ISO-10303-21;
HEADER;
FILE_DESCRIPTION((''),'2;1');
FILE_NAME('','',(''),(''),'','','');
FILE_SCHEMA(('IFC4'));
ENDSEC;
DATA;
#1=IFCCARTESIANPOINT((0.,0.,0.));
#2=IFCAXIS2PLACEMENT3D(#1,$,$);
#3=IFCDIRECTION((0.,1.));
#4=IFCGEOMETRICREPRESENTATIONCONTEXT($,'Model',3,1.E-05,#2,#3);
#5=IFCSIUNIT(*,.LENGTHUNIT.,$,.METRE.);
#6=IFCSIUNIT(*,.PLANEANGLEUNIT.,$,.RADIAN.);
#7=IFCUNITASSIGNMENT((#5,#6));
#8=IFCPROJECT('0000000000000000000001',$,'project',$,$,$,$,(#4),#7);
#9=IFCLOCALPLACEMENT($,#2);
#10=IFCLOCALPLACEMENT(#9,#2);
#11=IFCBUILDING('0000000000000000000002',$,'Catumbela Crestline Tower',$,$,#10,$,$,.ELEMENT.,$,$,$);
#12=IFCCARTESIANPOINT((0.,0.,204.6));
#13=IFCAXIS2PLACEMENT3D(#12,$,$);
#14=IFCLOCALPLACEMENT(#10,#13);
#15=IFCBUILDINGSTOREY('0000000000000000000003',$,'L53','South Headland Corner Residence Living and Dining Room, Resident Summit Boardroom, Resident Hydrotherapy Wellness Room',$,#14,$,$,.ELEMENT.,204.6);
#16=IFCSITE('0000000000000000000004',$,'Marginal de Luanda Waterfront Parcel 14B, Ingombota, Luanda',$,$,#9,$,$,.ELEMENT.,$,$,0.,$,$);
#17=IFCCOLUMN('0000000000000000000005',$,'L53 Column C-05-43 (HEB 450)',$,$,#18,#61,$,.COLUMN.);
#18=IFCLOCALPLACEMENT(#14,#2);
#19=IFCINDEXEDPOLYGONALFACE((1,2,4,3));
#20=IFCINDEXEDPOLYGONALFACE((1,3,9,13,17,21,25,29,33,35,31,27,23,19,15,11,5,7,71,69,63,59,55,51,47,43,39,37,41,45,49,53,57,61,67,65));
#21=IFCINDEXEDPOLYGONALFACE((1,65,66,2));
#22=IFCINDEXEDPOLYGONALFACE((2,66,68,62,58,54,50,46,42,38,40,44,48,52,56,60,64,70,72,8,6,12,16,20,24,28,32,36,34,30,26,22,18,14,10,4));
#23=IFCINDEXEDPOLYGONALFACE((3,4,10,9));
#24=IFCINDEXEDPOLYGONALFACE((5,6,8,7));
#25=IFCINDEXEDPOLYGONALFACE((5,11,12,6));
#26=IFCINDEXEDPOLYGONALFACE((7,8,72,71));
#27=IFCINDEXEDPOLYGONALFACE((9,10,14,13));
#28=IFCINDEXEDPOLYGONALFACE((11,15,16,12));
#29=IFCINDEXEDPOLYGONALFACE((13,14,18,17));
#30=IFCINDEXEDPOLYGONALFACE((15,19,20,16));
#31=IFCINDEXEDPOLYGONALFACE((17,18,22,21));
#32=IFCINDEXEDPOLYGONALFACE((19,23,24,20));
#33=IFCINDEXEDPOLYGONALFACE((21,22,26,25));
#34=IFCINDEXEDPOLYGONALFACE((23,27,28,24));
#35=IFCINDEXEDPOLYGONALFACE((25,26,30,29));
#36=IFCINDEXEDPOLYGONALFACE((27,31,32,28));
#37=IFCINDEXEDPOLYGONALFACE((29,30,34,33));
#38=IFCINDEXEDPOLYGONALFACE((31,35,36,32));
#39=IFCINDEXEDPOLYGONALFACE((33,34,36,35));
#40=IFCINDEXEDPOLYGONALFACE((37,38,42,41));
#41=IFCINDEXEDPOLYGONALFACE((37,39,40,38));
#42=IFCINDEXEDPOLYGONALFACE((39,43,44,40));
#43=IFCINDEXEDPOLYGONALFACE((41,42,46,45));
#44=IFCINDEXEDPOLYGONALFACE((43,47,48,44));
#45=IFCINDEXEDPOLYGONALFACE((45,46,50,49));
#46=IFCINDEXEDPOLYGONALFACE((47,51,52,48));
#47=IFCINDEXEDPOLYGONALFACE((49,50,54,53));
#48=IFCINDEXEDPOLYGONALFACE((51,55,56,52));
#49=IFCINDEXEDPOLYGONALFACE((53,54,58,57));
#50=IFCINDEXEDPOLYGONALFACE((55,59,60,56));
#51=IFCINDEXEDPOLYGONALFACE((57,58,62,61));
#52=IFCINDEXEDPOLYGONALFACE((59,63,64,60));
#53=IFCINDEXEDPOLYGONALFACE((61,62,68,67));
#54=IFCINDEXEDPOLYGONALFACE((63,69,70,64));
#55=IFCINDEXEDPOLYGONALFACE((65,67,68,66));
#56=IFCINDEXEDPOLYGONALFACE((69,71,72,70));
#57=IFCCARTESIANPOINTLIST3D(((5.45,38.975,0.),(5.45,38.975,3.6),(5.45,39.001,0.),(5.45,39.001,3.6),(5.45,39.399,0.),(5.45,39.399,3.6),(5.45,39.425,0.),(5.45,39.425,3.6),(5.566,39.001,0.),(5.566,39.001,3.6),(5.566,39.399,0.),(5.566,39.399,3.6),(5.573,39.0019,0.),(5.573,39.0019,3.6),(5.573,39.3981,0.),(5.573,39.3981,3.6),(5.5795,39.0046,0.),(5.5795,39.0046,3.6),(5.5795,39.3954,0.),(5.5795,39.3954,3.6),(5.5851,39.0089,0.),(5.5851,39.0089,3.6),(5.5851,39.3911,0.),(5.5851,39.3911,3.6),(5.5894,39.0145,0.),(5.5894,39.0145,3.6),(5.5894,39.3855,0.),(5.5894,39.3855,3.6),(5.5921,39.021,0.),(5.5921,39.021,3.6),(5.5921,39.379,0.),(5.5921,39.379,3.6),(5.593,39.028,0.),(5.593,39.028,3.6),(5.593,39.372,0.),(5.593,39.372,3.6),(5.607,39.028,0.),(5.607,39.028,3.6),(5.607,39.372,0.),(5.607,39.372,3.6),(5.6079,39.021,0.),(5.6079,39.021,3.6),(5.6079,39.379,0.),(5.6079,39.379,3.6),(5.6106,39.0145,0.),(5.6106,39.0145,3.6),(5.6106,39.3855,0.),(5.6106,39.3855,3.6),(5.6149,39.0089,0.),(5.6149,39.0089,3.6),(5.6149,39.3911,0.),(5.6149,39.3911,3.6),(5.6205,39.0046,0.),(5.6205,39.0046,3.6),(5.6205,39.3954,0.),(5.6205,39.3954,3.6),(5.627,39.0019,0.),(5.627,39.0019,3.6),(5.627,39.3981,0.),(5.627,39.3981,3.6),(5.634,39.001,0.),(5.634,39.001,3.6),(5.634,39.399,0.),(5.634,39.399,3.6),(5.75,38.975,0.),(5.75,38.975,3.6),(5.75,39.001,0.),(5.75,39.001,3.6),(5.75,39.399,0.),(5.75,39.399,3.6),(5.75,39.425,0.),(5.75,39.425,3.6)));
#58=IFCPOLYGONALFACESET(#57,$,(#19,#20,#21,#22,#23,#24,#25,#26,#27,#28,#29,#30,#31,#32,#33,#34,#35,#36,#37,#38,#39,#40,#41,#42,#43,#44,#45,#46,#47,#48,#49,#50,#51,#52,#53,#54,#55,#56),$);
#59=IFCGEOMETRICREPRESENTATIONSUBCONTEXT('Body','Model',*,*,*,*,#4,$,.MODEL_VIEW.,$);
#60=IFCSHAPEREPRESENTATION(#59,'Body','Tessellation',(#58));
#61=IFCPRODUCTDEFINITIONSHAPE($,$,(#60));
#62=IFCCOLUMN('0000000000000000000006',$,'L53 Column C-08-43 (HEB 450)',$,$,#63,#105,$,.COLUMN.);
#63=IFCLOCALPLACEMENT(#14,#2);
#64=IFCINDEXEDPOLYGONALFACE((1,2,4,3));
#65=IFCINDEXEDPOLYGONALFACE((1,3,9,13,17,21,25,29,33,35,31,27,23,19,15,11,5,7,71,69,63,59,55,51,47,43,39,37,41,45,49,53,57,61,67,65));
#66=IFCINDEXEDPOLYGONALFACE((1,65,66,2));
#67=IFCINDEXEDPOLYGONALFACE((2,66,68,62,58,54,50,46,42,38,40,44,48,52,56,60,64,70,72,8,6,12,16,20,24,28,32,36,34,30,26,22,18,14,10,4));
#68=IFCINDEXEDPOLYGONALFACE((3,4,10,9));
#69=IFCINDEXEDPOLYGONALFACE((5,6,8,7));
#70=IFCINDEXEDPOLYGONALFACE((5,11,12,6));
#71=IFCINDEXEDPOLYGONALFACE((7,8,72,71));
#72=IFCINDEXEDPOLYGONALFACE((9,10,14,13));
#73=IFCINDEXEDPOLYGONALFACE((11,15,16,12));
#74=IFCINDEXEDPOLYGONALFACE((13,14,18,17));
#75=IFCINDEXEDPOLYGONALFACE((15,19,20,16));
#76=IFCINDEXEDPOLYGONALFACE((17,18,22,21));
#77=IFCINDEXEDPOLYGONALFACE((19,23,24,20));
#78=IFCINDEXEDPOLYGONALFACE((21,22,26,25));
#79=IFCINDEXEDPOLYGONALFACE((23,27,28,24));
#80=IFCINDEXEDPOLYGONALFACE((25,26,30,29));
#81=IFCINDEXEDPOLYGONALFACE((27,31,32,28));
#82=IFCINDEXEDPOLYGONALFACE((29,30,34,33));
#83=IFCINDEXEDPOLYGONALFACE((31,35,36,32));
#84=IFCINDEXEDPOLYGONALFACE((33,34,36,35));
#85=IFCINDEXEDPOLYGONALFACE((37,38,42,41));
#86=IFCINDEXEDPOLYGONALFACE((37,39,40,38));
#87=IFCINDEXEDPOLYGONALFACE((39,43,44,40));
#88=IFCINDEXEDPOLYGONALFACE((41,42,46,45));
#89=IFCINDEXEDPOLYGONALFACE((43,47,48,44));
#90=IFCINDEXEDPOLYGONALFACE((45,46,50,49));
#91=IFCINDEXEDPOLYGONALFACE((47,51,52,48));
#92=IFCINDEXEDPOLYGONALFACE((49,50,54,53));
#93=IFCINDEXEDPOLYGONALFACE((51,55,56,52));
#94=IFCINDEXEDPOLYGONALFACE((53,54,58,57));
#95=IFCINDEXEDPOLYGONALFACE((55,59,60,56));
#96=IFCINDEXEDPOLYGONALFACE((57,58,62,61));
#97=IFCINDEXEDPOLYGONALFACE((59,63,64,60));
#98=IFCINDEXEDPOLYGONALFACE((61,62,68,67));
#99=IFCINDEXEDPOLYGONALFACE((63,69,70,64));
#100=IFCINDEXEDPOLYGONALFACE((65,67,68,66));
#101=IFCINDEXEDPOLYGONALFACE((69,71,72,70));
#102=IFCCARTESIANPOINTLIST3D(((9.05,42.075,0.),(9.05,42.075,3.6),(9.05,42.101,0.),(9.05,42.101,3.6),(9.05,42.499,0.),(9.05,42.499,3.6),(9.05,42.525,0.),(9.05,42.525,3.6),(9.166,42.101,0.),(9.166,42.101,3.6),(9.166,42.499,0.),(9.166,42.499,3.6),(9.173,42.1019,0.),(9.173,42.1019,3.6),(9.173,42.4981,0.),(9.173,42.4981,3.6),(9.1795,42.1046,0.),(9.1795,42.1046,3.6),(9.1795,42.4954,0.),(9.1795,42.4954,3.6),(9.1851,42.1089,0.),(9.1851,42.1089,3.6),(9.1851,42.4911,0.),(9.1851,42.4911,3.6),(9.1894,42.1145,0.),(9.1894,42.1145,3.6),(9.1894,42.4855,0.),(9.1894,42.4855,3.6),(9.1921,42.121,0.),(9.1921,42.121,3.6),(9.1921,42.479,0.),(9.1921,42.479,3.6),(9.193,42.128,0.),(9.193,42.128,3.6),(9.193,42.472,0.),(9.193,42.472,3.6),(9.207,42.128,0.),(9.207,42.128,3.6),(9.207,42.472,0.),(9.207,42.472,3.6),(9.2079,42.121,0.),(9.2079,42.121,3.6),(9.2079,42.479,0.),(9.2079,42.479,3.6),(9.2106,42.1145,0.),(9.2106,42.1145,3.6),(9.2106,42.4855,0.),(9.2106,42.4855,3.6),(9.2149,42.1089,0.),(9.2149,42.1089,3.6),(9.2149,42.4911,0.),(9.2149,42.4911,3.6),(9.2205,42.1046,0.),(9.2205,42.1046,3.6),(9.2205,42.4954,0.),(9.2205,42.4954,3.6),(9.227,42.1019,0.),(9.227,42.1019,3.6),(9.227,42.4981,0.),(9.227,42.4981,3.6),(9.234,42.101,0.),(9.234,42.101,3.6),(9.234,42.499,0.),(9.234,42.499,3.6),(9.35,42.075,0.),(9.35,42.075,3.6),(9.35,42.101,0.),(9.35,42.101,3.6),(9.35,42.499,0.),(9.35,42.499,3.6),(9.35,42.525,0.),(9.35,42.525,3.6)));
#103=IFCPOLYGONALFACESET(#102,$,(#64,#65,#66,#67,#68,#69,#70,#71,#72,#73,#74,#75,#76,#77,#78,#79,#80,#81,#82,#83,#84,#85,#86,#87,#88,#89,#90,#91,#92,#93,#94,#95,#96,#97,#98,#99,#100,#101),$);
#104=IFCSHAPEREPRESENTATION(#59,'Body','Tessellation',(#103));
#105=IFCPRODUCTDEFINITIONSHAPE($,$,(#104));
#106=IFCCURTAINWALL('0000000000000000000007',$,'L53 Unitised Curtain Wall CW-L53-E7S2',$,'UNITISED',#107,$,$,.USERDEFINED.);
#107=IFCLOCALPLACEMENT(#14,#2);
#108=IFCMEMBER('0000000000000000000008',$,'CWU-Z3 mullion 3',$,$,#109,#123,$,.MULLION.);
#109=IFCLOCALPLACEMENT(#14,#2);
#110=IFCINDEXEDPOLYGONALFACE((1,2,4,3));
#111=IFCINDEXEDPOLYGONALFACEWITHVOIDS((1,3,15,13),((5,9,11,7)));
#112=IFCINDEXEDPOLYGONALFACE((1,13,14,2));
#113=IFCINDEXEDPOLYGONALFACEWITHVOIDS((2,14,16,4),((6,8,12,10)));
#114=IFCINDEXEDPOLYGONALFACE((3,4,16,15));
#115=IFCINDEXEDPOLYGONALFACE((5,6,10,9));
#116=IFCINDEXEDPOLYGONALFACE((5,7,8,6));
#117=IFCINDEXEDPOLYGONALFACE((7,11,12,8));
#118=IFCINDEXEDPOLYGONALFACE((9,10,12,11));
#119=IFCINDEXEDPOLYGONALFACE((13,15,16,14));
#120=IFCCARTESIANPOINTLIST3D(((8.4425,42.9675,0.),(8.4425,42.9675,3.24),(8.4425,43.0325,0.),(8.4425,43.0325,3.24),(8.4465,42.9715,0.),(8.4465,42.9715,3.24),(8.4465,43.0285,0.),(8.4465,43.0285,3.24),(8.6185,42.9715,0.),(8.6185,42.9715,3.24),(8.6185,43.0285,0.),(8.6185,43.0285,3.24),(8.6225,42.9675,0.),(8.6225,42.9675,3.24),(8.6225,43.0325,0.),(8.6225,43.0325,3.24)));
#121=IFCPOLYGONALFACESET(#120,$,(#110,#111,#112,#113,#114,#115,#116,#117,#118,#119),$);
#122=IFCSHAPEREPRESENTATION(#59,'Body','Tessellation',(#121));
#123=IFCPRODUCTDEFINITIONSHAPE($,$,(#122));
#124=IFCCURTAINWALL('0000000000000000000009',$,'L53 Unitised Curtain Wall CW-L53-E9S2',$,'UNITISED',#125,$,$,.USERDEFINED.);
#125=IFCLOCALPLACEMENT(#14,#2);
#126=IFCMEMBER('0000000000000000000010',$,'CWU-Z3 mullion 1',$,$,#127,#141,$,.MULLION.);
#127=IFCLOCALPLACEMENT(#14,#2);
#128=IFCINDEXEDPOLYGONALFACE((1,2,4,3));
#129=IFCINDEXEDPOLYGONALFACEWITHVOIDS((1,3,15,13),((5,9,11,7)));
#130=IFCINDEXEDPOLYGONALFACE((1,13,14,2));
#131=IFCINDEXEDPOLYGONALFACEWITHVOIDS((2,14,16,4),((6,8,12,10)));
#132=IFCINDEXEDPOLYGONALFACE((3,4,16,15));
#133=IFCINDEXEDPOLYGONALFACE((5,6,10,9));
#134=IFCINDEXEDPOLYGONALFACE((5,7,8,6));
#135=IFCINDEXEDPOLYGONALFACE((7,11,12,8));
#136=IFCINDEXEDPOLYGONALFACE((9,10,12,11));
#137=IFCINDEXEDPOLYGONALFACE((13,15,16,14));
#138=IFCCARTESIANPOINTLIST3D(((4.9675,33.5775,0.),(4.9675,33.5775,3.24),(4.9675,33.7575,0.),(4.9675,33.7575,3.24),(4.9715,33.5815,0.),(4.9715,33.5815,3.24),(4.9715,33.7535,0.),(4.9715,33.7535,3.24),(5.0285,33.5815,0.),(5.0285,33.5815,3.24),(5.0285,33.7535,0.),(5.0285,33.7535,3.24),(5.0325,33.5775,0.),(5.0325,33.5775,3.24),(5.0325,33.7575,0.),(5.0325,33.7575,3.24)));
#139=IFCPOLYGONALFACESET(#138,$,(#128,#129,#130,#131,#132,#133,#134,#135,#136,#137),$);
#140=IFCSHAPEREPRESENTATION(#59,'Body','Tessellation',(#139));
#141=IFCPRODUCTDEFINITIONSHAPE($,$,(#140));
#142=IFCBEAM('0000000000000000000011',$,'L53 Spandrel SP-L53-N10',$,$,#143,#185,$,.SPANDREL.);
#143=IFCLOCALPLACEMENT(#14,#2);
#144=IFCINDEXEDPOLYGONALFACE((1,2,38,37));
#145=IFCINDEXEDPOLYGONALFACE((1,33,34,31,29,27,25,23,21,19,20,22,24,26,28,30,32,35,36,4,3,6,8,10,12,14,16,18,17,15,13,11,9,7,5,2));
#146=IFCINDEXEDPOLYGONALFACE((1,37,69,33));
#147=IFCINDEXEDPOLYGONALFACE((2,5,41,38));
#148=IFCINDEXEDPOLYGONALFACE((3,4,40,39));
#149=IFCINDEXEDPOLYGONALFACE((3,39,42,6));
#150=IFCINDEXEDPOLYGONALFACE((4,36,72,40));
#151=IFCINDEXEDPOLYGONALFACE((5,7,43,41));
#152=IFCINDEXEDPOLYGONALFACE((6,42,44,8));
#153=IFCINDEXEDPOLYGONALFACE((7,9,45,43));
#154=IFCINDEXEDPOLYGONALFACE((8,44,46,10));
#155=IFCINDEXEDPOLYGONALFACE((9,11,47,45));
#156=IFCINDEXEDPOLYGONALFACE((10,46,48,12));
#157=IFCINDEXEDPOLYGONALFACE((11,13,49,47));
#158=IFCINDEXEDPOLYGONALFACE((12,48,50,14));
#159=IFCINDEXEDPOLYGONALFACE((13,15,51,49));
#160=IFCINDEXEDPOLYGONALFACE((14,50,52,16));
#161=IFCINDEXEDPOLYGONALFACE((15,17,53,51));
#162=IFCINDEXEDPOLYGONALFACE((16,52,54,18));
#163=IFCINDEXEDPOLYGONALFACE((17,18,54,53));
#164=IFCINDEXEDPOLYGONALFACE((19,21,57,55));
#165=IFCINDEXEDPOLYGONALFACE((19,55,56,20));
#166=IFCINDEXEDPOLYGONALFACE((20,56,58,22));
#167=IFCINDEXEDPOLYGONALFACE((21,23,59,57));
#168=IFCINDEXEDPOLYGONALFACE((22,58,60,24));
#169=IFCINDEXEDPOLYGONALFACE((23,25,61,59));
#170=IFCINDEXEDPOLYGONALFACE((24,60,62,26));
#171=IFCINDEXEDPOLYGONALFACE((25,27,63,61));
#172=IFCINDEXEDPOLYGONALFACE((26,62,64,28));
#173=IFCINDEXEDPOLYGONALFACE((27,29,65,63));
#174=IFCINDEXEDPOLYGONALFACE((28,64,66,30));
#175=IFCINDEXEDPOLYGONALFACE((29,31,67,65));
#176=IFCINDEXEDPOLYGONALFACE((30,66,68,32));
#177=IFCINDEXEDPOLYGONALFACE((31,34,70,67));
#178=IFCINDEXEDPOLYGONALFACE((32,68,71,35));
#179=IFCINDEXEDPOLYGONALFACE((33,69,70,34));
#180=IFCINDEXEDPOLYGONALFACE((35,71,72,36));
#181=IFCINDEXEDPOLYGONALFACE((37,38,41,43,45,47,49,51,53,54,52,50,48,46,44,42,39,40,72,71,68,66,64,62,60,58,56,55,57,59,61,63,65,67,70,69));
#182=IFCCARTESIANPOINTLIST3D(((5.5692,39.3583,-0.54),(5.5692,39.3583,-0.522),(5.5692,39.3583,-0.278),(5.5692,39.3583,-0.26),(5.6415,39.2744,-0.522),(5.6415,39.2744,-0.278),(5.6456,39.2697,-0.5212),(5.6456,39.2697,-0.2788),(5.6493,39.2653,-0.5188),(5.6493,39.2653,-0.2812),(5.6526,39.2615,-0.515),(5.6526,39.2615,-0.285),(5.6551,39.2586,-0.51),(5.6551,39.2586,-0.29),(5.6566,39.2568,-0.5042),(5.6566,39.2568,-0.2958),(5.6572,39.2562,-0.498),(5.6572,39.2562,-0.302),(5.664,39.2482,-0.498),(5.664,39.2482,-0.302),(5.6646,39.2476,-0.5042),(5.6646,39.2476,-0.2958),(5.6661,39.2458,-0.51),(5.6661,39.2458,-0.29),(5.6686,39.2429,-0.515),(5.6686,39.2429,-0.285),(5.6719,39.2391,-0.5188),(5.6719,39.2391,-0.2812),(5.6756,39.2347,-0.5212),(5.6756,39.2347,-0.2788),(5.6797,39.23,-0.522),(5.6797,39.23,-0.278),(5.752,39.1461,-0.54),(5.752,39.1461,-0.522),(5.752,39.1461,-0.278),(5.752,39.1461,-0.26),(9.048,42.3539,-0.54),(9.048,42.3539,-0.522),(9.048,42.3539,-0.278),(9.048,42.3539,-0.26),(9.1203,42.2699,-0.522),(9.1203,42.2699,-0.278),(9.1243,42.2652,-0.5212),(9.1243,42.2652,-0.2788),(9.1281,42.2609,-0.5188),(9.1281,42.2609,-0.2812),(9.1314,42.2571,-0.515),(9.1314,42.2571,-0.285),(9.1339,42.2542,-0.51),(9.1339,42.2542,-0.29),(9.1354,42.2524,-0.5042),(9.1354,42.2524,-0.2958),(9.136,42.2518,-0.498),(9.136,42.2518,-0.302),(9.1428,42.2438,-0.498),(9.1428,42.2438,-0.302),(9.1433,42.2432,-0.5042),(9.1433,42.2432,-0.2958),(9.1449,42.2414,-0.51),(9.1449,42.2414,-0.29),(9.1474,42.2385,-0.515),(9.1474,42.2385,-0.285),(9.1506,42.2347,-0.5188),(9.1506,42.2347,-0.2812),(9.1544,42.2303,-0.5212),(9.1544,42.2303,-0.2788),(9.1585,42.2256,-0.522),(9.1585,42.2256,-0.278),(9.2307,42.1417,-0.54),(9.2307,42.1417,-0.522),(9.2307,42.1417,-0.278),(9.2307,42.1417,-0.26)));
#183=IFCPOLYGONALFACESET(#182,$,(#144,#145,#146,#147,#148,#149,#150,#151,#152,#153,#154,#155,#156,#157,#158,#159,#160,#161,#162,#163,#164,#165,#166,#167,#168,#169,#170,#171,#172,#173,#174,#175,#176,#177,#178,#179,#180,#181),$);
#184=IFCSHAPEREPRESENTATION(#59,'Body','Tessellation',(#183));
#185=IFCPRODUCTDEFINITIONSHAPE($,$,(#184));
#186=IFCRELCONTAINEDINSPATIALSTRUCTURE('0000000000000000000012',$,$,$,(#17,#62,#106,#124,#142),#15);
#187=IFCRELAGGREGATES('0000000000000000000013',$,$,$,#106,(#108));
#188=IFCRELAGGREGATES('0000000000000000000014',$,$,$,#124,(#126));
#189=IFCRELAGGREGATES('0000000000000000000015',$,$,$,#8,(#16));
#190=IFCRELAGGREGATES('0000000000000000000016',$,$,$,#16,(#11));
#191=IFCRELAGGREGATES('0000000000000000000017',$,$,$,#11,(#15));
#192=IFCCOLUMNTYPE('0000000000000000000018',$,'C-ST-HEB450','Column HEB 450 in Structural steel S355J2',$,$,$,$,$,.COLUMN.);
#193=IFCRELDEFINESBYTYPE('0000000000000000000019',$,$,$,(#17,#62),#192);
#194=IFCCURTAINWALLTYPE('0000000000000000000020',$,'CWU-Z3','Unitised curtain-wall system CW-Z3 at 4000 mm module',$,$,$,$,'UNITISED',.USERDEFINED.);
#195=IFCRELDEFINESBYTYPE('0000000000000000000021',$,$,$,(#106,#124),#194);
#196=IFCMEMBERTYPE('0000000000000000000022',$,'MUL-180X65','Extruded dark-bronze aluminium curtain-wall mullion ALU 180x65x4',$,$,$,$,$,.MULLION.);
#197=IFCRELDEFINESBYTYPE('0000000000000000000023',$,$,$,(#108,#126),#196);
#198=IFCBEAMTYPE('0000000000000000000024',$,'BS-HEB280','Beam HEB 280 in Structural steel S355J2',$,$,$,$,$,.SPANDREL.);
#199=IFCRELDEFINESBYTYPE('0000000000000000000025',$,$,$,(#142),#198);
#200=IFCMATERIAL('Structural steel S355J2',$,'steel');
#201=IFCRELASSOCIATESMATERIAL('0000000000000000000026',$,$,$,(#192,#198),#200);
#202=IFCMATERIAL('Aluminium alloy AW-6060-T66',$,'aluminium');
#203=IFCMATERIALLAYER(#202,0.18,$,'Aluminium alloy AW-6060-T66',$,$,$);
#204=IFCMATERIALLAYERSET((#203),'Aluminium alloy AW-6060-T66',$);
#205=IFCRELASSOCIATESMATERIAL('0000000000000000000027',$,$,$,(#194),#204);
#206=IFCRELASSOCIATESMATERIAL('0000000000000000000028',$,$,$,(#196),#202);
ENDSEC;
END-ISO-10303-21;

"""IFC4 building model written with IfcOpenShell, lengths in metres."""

from ifc_helpers import new_model, si_unit, direction, frame, origin, origin_2d, place, context, subcontext, project, spatial, hollow_rectangle, i_section, extrude, material, layer, layer_set, material_profile, profile_set, type_object, element, aggregate, save


model = new_model("IFC4")

# Units and contexts
model_context = context("Model", 3, precision=1e-05, world=origin(), true_north=direction((0.0, 1.0)))
body_context = subcontext(model_context, "Body", "Model", "MODEL_VIEW")
ifc_project = project(units=[si_unit("LENGTHUNIT", "METRE"), si_unit("PLANEANGLEUNIT", "RADIAN")], contexts=[model_context])

# Site, building, storey
site_placement = place(None, origin())
site = spatial("IfcSite", under=ifc_project, at=site_placement, Name="Marginal de Luanda Waterfront Parcel 14B, Ingombota, Luanda", CompositionType="ELEMENT", RefElevation=0.0)
building_placement = place(site_placement, origin())
building = spatial("IfcBuilding", under=site, at=building_placement, Name="Catumbela Crestline Tower", CompositionType="ELEMENT")
storey_placement = place(building_placement, frame((0.0, 0.0, 204.6)))
storey = spatial("IfcBuildingStorey", under=building, at=storey_placement, Name="L53", Description="South Headland Corner Residence Living and Dining Room, Resident Summit Boardroom, Resident Hydrotherapy Wellness Room", CompositionType="ELEMENT", Elevation=204.6)

# Columns
ifc_material_1 = material(Name="Structural steel S355J2", Category="steel")
ifc_material_profile_1 = material_profile(ifc_material_1, i_section(OverallWidth=0.3, OverallDepth=0.45, WebThickness=0.014, FlangeThickness=0.026, FilletRadius=0.027, at=origin_2d()), Name="HEB 450")
ifc_profile_set_1 = profile_set([ifc_material_profile_1], Name="Structural steel S355J2")
column_type = type_object("IfcColumnType", Name="C-ST-HEB450", Description="Column HEB 450 in Structural steel S355J2", PredefinedType="COLUMN", material=ifc_profile_set_1)
for number, where, z_axis, x_axis, name in (
    (1, (5.6, 39.2, 0.0), (0.0, 0.0, 1.0), (1.0, 0.0, 0.0), "L53 Column C-05-43 (HEB 450)"),
    (2, (9.2, 42.3, 0.0), (0.0, 0.0, 1.0), (1.0, 0.0, 0.0), "L53 Column C-08-43 (HEB 450)"),
):
    element("IfcColumn", number, at=place(storey_placement, frame(where, z_axis=z_axis, x_axis=x_axis)), inside=storey, type_object=column_type, Name=name, PredefinedType="COLUMN", context=body_context, shape_type="SweptSolid", body=[
        extrude(i_section(OverallWidth=0.3, OverallDepth=0.45, WebThickness=0.014, FlangeThickness=0.026, FilletRadius=0.027, at=origin_2d()), origin(), (0.0, 0.0, 1.0), 3.6),
    ])

# Curtain walls, members
ifc_material_2 = material(Name="Aluminium alloy AW-6060-T66", Category="aluminium")
ifc_layer_1 = layer(ifc_material_2, 0.18, Name="Aluminium alloy AW-6060-T66")
ifc_layer_set_1 = layer_set([ifc_layer_1], Name="Aluminium alloy AW-6060-T66")
curtain_wall_type = type_object("IfcCurtainWallType", Name="CWU-Z3", Description="Unitised curtain-wall system CW-Z3 at 4000 mm module", ElementType="UNITISED", PredefinedType="USERDEFINED", material=ifc_layer_set_1)
curtain_wall_1_placement = place(storey_placement, origin())
curtain_wall_1 = element("IfcCurtainWall", 3, at=curtain_wall_1_placement, inside=storey, type_object=curtain_wall_type, Name="L53 Unitised Curtain Wall CW-L53-E7S2", ObjectType="UNITISED", PredefinedType="USERDEFINED")
ifc_material_profile_2 = material_profile(ifc_material_2, hollow_rectangle(XDim=0.065, YDim=0.18, WallThickness=0.004, at=origin_2d()), Name="ALU 180x65x4")
ifc_profile_set_2 = profile_set([ifc_material_profile_2], Name="Aluminium alloy AW-6060-T66")
member_type_1 = type_object("IfcMemberType", Name="MUL-180X65", Description="Extruded dark-bronze aluminium curtain-wall mullion ALU 180x65x4", PredefinedType="MULLION", material=ifc_profile_set_2)
member_1_placement = place(storey_placement, frame((8.5325, 43.0, 0.0), z_axis=(0.0, 0.0, 1.0), x_axis=(0.0, -1.0, 0.0)))
member_1 = element("IfcMember", 4, at=member_1_placement, type_object=member_type_1, Name="CWU-Z3 mullion 3", PredefinedType="MULLION", context=body_context, shape_type="SweptSolid", body=[
    extrude(hollow_rectangle(XDim=0.065, YDim=0.18, WallThickness=0.004, at=origin_2d()), origin(), (0.0, 0.0, 1.0), 3.24),
])
curtain_wall_2_placement = place(storey_placement, origin())
curtain_wall_2 = element("IfcCurtainWall", 5, at=curtain_wall_2_placement, inside=storey, type_object=curtain_wall_type, Name="L53 Unitised Curtain Wall CW-L53-E9S2", ObjectType="UNITISED", PredefinedType="USERDEFINED")
member_2_placement = place(storey_placement, frame((5.0, 33.6675, 0.0), z_axis=(0.0, 0.0, 1.0), x_axis=(1.0, 0.0, 0.0)))
member_2 = element("IfcMember", 6, at=member_2_placement, type_object=member_type_1, Name="CWU-Z3 mullion 1", PredefinedType="MULLION", context=body_context, shape_type="SweptSolid", body=[
    extrude(hollow_rectangle(XDim=0.065, YDim=0.18, WallThickness=0.004, at=origin_2d()), origin(), (0.0, 0.0, 1.0), 3.24),
])

# Beam
ifc_material_profile_3 = material_profile(ifc_material_1, i_section(OverallWidth=0.28, OverallDepth=0.28, WebThickness=0.0105, FlangeThickness=0.018, FilletRadius=0.024, at=origin_2d()), Name="HEB 280")
ifc_profile_set_3 = profile_set([ifc_material_profile_3], Name="Structural steel S355J2")
beam_type = type_object("IfcBeamType", Name="BS-HEB280", Description="Beam HEB 280 in Structural steel S355J2", PredefinedType="SPANDREL", material=ifc_profile_set_3)
beam_placement = place(storey_placement, frame((5.6606, 39.2522, -0.4), z_axis=(0.757772, 0.652519, 0.0), x_axis=(-0.652519, 0.757772, 0.0)))
element("IfcBeam", 7, at=beam_placement, inside=storey, type_object=beam_type, Name="L53 Spandrel SP-L53-N10", PredefinedType="SPANDREL", context=body_context, shape_type="SweptSolid", body=[
    extrude(i_section(OverallWidth=0.28, OverallDepth=0.28, WebThickness=0.0105, FlangeThickness=0.018, FilletRadius=0.024, at=origin_2d()), origin(), (0.0, 0.0, 1.0), 4.5908),
])

aggregate(curtain_wall_1, [member_1])
aggregate(curtain_wall_2, [member_2])

save(model, "model.ifc")
